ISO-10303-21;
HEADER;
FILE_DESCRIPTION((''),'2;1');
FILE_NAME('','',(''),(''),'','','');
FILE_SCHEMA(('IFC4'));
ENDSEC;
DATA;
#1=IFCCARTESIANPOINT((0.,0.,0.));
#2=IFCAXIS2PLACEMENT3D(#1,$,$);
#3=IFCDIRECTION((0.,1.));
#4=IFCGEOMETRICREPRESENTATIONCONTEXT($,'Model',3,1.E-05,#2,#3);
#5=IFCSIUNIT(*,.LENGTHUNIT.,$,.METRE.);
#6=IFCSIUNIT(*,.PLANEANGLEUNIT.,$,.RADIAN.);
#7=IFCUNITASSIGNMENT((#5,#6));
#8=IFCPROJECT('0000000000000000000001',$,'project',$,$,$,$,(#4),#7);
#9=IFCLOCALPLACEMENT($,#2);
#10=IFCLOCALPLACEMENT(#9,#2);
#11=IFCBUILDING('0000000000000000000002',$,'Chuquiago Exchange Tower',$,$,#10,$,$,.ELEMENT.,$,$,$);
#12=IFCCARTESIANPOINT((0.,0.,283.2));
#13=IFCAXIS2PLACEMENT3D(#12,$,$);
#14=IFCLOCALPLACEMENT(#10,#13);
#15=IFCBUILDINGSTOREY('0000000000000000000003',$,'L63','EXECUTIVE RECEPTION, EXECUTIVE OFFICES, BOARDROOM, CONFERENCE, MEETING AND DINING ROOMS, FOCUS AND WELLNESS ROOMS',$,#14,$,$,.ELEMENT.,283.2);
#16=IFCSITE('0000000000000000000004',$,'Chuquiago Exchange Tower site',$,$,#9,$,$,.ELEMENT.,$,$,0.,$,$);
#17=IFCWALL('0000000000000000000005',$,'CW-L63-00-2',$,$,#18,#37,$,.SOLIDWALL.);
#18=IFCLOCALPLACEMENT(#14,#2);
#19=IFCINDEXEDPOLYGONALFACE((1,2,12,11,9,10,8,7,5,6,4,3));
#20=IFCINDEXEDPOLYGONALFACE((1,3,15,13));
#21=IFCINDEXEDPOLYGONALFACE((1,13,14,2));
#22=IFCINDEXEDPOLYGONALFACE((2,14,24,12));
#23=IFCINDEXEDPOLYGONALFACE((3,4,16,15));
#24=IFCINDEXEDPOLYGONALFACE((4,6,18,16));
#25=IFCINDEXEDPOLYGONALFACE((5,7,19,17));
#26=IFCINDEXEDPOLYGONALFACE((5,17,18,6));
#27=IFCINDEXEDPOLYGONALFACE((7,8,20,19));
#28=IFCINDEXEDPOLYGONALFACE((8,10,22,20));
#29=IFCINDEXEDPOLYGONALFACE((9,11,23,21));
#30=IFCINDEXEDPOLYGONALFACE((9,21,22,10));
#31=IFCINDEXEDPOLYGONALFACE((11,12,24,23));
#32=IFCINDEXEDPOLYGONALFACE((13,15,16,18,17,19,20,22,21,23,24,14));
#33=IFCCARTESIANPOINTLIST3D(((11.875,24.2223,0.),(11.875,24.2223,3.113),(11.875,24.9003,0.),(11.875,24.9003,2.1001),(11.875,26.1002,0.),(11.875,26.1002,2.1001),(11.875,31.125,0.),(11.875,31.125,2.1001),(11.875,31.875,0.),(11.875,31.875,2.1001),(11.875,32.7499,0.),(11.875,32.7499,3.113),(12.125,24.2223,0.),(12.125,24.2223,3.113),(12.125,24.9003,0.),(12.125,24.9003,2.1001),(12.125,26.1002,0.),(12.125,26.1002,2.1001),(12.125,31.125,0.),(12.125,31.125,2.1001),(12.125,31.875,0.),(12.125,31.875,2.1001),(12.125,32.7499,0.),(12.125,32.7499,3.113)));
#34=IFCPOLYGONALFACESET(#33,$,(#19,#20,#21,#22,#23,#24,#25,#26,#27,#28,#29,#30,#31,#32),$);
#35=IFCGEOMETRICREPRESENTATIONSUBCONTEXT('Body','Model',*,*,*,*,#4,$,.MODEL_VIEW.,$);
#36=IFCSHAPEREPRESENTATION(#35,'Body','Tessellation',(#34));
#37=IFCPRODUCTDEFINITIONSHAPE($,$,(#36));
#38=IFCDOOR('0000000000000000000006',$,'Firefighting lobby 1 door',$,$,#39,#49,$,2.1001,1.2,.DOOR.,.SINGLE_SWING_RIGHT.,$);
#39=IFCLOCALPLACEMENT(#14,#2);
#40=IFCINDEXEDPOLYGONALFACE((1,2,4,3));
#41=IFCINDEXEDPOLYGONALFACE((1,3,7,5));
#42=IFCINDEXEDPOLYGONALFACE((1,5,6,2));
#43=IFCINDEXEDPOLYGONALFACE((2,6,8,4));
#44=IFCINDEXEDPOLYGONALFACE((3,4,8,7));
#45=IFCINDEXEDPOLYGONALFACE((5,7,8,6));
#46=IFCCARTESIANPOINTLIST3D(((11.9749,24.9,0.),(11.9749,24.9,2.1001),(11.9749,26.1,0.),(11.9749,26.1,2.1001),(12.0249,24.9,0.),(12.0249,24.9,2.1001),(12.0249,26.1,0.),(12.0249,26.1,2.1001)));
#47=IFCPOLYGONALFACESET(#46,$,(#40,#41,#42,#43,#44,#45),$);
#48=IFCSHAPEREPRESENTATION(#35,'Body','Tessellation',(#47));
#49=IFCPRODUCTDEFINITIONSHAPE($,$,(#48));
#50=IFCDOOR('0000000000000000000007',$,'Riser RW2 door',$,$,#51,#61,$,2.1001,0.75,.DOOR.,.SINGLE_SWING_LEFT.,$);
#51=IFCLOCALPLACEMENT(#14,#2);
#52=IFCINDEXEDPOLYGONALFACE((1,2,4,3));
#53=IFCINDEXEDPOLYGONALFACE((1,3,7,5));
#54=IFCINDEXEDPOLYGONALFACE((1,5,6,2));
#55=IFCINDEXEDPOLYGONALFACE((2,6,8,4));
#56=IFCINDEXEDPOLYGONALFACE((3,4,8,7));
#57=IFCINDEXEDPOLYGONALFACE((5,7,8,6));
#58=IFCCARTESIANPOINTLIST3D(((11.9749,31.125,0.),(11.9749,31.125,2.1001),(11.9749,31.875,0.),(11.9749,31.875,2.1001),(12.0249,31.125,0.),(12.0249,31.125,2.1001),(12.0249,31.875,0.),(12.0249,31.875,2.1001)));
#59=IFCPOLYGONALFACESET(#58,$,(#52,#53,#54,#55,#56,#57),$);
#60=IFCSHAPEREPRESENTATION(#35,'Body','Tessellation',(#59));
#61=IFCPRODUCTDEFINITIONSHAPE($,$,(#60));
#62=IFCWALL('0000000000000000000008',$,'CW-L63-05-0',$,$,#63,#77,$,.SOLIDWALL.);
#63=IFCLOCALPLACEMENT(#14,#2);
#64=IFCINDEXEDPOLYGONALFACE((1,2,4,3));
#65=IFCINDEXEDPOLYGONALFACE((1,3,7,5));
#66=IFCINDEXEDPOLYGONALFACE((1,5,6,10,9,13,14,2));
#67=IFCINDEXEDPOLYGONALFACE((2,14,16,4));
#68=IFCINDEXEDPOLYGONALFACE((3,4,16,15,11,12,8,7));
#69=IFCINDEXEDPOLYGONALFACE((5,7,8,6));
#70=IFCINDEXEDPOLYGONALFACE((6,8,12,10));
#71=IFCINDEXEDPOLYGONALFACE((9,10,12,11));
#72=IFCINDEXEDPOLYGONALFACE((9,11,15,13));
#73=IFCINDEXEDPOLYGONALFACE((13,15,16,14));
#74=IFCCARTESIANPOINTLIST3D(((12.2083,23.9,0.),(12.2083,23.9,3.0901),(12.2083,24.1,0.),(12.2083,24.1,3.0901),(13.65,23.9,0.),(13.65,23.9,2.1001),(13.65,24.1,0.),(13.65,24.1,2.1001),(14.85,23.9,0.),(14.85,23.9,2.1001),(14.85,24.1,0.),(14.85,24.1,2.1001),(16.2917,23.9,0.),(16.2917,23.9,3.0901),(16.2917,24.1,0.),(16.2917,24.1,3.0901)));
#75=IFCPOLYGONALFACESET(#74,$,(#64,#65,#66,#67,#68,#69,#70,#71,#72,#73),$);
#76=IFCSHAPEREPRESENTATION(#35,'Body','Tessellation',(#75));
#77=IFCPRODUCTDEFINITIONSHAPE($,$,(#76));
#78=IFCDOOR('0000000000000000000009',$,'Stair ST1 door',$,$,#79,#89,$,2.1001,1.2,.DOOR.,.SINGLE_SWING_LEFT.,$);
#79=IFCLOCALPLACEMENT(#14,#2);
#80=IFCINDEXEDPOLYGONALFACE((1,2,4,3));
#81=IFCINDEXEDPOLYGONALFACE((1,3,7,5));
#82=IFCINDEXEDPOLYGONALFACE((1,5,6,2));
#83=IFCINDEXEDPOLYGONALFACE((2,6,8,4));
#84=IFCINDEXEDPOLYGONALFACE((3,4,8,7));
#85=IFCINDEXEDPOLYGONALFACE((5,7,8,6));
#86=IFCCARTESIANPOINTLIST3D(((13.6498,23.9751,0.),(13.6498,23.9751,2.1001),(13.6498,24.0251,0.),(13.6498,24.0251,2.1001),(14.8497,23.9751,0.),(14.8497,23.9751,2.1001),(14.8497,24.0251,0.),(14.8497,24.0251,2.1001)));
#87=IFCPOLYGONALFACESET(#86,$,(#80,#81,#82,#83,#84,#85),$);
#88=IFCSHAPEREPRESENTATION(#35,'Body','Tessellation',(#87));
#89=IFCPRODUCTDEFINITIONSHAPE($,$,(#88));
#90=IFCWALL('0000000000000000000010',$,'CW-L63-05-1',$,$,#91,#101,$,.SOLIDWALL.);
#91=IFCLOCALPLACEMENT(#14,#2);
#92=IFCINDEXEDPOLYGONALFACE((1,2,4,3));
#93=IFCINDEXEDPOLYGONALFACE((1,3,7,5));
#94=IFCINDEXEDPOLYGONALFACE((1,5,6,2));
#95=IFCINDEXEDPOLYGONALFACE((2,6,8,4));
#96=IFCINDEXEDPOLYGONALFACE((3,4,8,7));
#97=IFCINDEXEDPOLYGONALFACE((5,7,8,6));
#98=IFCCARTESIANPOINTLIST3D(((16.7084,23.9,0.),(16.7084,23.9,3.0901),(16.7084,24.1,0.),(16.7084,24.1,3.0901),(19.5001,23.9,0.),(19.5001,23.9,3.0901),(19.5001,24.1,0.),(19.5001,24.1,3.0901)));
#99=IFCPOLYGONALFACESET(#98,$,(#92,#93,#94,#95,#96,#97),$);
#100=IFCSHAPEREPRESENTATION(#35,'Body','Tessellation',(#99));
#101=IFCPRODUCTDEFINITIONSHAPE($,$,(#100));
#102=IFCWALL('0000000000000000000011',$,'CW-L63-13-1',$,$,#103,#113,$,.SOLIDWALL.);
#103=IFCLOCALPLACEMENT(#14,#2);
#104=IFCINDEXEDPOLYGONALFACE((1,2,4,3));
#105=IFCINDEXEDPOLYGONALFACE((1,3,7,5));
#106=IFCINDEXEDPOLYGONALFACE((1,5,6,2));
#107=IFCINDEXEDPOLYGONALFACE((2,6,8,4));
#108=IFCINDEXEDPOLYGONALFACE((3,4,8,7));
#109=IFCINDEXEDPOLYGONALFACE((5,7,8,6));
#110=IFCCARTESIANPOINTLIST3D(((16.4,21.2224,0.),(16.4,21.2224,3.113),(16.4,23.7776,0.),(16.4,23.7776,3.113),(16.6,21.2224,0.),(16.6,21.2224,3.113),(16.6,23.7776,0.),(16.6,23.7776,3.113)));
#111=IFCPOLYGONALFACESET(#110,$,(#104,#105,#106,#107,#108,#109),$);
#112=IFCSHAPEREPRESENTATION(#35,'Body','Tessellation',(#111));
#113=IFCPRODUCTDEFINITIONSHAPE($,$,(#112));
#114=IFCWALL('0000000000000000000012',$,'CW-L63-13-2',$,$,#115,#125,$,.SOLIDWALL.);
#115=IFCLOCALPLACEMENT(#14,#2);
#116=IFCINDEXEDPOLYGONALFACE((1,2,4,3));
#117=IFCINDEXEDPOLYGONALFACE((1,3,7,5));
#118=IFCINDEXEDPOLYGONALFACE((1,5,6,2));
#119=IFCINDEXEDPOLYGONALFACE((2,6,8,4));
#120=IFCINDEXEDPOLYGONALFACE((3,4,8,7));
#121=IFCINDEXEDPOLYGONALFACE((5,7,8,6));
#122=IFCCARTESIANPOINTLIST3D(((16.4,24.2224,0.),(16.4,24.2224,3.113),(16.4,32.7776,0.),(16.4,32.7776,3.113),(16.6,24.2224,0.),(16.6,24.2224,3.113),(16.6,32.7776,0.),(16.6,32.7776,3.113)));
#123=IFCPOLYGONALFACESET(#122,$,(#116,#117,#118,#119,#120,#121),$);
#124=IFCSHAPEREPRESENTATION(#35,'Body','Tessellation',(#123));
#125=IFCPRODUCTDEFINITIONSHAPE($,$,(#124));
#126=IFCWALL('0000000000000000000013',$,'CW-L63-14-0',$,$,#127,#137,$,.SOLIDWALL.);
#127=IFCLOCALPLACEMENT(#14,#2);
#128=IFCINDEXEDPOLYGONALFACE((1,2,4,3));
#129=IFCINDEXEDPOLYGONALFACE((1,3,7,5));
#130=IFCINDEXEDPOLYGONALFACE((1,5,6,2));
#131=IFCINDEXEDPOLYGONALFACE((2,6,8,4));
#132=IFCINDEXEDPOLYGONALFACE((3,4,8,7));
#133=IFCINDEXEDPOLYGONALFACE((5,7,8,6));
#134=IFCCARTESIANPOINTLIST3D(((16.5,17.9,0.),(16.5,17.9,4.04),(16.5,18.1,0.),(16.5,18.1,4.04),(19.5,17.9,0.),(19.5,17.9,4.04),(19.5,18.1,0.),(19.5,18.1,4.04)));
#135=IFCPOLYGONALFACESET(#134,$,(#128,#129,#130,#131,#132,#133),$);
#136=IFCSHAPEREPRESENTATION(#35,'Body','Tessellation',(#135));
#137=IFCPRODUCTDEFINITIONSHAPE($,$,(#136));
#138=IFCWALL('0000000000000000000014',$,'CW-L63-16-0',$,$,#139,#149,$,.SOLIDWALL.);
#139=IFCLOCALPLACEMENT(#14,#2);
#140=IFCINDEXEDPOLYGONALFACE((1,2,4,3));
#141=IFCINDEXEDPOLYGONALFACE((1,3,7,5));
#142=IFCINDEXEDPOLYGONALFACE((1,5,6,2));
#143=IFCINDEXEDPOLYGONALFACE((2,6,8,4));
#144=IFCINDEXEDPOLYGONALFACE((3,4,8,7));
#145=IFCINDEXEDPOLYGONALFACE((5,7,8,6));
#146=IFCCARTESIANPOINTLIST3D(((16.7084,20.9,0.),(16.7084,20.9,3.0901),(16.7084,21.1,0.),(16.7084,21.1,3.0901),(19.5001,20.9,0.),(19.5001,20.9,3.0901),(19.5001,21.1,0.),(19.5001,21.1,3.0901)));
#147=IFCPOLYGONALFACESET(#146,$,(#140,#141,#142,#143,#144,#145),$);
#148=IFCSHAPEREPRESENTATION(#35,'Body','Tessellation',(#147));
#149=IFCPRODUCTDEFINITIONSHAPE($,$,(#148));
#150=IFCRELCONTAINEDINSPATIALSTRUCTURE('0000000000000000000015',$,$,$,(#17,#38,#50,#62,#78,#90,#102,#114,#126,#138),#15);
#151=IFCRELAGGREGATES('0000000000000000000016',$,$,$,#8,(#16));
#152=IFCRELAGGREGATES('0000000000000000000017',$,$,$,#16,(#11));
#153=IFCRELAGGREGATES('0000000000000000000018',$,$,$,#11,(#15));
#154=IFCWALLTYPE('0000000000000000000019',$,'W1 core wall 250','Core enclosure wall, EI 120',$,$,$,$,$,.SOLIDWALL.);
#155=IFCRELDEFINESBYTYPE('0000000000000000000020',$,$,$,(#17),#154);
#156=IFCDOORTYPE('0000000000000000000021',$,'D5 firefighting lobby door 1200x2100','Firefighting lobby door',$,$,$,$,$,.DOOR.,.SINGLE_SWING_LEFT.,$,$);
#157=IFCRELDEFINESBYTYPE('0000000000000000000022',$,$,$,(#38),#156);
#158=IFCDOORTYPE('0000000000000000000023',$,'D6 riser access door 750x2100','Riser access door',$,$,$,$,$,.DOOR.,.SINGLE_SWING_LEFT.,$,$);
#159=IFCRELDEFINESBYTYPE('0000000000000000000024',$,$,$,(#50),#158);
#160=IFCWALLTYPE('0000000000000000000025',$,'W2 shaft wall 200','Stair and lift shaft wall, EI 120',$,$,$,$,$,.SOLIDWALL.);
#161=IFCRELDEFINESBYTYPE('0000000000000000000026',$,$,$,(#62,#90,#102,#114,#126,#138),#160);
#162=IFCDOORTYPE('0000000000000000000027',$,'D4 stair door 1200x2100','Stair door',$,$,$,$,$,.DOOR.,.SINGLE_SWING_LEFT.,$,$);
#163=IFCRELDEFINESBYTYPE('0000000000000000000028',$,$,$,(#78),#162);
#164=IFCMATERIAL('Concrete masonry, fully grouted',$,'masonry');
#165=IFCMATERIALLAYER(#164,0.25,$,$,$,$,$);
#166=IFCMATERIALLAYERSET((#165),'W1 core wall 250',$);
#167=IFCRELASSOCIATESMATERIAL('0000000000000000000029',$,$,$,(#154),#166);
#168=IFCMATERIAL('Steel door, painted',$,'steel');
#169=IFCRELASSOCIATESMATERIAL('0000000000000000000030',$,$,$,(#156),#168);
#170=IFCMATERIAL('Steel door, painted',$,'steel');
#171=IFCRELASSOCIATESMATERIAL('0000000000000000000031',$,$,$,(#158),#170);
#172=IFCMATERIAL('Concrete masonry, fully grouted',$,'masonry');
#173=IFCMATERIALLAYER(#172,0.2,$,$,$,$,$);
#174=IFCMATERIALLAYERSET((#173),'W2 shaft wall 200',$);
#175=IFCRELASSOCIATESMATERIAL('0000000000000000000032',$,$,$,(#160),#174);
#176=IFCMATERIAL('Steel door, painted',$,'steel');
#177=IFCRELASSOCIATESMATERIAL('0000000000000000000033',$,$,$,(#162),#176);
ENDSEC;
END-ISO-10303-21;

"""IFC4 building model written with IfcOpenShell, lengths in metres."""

from ifc_helpers import new_model, si_unit, direction, frame, frame_2d, origin, place, context, subcontext, project, spatial, rectangle, extrude, material, layer, layer_set, type_object, element, fill, save


model = new_model("IFC4")

# Units and contexts
model_context = context("Model", 3, precision=1e-05, world=origin(), true_north=direction((0.0, 1.0)))
body_context = subcontext(model_context, "Body", "Model", "MODEL_VIEW")
ifc_project = project(units=[si_unit("LENGTHUNIT", "METRE"), si_unit("PLANEANGLEUNIT", "RADIAN")], contexts=[model_context])

# Site, building, storey
site_placement = place(None, origin())
site = spatial("IfcSite", under=ifc_project, at=site_placement, Name="Chuquiago Exchange Tower site", CompositionType="ELEMENT", RefElevation=0.0)
building_placement = place(site_placement, origin())
building = spatial("IfcBuilding", under=site, at=building_placement, Name="Chuquiago Exchange Tower", CompositionType="ELEMENT")
storey_placement = place(building_placement, frame((0.0, 0.0, 283.2)))
storey = spatial("IfcBuildingStorey", under=building, at=storey_placement, Name="L63", Description="EXECUTIVE RECEPTION, EXECUTIVE OFFICES, BOARDROOM, CONFERENCE, MEETING AND DINING ROOMS, FOCUS AND WELLNESS ROOMS", CompositionType="ELEMENT", Elevation=283.2)

# Shared definitions
ifc_material_1 = material(Name="Concrete masonry, fully grouted", Category="masonry")
ifc_layer_1 = layer(ifc_material_1, 0.25)
ifc_layer_set_1 = layer_set([ifc_layer_1], Name="W1 core wall 250")
wall_type_1 = type_object("IfcWallType", Name="W1 core wall 250", Description="Core enclosure wall, EI 120", PredefinedType="SOLIDWALL", material=ifc_layer_set_1)

# Wall, openings, doors
wall_1_placement = place(storey_placement, frame((12.0, 24.2224, 0.0), z_axis=(0.0, 0.0, 1.0), x_axis=(0.0, 1.0, 0.0)))
wall_1 = element("IfcWall", 1, at=wall_1_placement, inside=storey, type_object=wall_type_1, Name="CW-L63-00-2", PredefinedType="SOLIDWALL", context=body_context, shape_type="SweptSolid", body=[
    extrude(rectangle(XDim=8.5276, YDim=0.25, at=frame_2d((4.2637, 0.0))), origin(), (0.0, 0.0, 1.0), 3.113),
])
opening_1_placement = place(wall_1_placement, frame((0.6777, 0.0, 0.0)))
opening_1 = element("IfcOpeningElement", 2, at=opening_1_placement, cuts=wall_1, PredefinedType="OPENING", context=body_context, shape_type="SweptSolid", body=[
    extrude(rectangle(XDim=1.2, YDim=2.1001, at=frame_2d((0.6001, 1.05))), frame((0.0, 0.135, 0.0), z_axis=(0.0, -1.0, 0.0), x_axis=(1.0, 0.0, 0.0)), (0.0, 0.0, 1.0), 0.27),
])
opening_2_placement = place(wall_1_placement, frame((6.9026, 0.0, 0.0)))
opening_2 = element("IfcOpeningElement", 3, at=opening_2_placement, cuts=wall_1, PredefinedType="OPENING", context=body_context, shape_type="SweptSolid", body=[
    extrude(rectangle(XDim=0.75, YDim=2.1001, at=frame_2d((0.375, 1.05))), frame((0.0, 0.135, 0.0), z_axis=(0.0, -1.0, 0.0), x_axis=(1.0, 0.0, 0.0)), (0.0, 0.0, 1.0), 0.27),
])
ifc_material_2 = material(Name="Steel door, painted", Category="steel")
door_type_1 = type_object("IfcDoorType", Name="D5 firefighting lobby door 1200x2100", Description="Firefighting lobby door", OperationType="SINGLE_SWING_LEFT", PredefinedType="DOOR", material=ifc_material_2)
door_1_placement = place(opening_1_placement, frame((1.2, 0.0, 0.0), z_axis=(0.0, 0.0, 1.0), x_axis=(-1.0, 0.0, 0.0)))
door_1 = element("IfcDoor", 4, at=door_1_placement, inside=storey, type_object=door_type_1, Name="Firefighting lobby 1 door", OperationType="SINGLE_SWING_RIGHT", OverallHeight=2.1001, OverallWidth=1.2, PredefinedType="DOOR", context=body_context, shape_type="SweptSolid", body=[
    extrude(rectangle(XDim=1.2, YDim=2.1001, at=frame_2d((0.6001, 1.05))), frame((0.0, 0.0249, 0.0), z_axis=(0.0, -1.0, 0.0), x_axis=(1.0, 0.0, 0.0)), (0.0, 0.0, 1.0), 0.05),
])
fill(opening_1, door_1)
ifc_material_3 = material(Name="Steel door, painted", Category="steel")
door_type_2 = type_object("IfcDoorType", Name="D6 riser access door 750x2100", Description="Riser access door", OperationType="SINGLE_SWING_LEFT", PredefinedType="DOOR", material=ifc_material_3)
door_2_placement = place(opening_2_placement, frame((0.75, 0.0, 0.0), z_axis=(0.0, 0.0, 1.0), x_axis=(-1.0, 0.0, 0.0)))
door_2 = element("IfcDoor", 5, at=door_2_placement, inside=storey, type_object=door_type_2, Name="Riser RW2 door", OperationType="SINGLE_SWING_LEFT", OverallHeight=2.1001, OverallWidth=0.75, PredefinedType="DOOR", context=body_context, shape_type="SweptSolid", body=[
    extrude(rectangle(XDim=0.75, YDim=2.1001, at=frame_2d((0.375, 1.05))), frame((0.0, 0.0249, 0.0), z_axis=(0.0, -1.0, 0.0), x_axis=(1.0, 0.0, 0.0)), (0.0, 0.0, 1.0), 0.05),
])
fill(opening_2, door_2)

# Wall, opening, door
ifc_material_4 = material(Name="Concrete masonry, fully grouted", Category="masonry")
ifc_layer_2 = layer(ifc_material_4, 0.2)
ifc_layer_set_2 = layer_set([ifc_layer_2], Name="W2 shaft wall 200")
wall_type_2 = type_object("IfcWallType", Name="W2 shaft wall 200", Description="Stair and lift shaft wall, EI 120", PredefinedType="SOLIDWALL", material=ifc_layer_set_2)
wall_2_placement = place(storey_placement, frame((12.2083, 24.0, 0.0), z_axis=(0.0, 0.0, 1.0), x_axis=(1.0, 0.0, 0.0)))
wall_2 = element("IfcWall", 6, at=wall_2_placement, inside=storey, type_object=wall_type_2, Name="CW-L63-05-0", PredefinedType="SOLIDWALL", context=body_context, shape_type="SweptSolid", body=[
    extrude(rectangle(XDim=4.0835, YDim=0.2, at=frame_2d((2.0417, 0.0))), origin(), (0.0, 0.0, 1.0), 3.0901),
])
opening_3_placement = place(wall_2_placement, frame((1.4417, 0.0, 0.0)))
opening_3 = element("IfcOpeningElement", 7, at=opening_3_placement, cuts=wall_2, PredefinedType="OPENING", context=body_context, shape_type="SweptSolid", body=[
    extrude(rectangle(XDim=1.2, YDim=2.1001, at=frame_2d((0.6001, 1.05))), frame((0.0, 0.1099, 0.0), z_axis=(0.0, -1.0, 0.0), x_axis=(1.0, 0.0, 0.0)), (0.0, 0.0, 1.0), 0.22),
])
ifc_material_5 = material(Name="Steel door, painted", Category="steel")
door_type_3 = type_object("IfcDoorType", Name="D4 stair door 1200x2100", Description="Stair door", OperationType="SINGLE_SWING_LEFT", PredefinedType="DOOR", material=ifc_material_5)
door_3_placement = place(opening_3_placement, frame((1.2, 0.0, 0.0), z_axis=(0.0, 0.0, 1.0), x_axis=(-1.0, 0.0, 0.0)))
door_3 = element("IfcDoor", 8, at=door_3_placement, inside=storey, type_object=door_type_3, Name="Stair ST1 door", OperationType="SINGLE_SWING_LEFT", OverallHeight=2.1001, OverallWidth=1.2, PredefinedType="DOOR", context=body_context, shape_type="SweptSolid", body=[
    extrude(rectangle(XDim=1.2, YDim=2.1001, at=frame_2d((0.6001, 1.05))), frame((0.0, 0.0249, 0.0), z_axis=(0.0, -1.0, 0.0), x_axis=(1.0, 0.0, 0.0)), (0.0, 0.0, 1.0), 0.05),
])
fill(opening_3, door_3)

# Walls
wall_3_placement = place(storey_placement, frame((16.7083, 24.0, 0.0), z_axis=(0.0, 0.0, 1.0), x_axis=(1.0, 0.0, 0.0)))
element("IfcWall", 9, at=wall_3_placement, inside=storey, type_object=wall_type_2, Name="CW-L63-05-1", PredefinedType="SOLIDWALL", context=body_context, shape_type="SweptSolid", body=[
    extrude(rectangle(XDim=2.7917, YDim=0.2, at=frame_2d((1.396, 0.0))), origin(), (0.0, 0.0, 1.0), 3.0901),
])
wall_4_placement = place(storey_placement, frame((16.5, 21.2224, 0.0), z_axis=(0.0, 0.0, 1.0), x_axis=(0.0, 1.0, 0.0)))
element("IfcWall", 10, at=wall_4_placement, inside=storey, type_object=wall_type_2, Name="CW-L63-13-1", PredefinedType="SOLIDWALL", context=body_context, shape_type="SweptSolid", body=[
    extrude(rectangle(XDim=2.5552, YDim=0.2, at=frame_2d((1.2776, 0.0))), origin(), (0.0, 0.0, 1.0), 3.113),
])
wall_5_placement = place(storey_placement, frame((16.5, 24.2224, 0.0), z_axis=(0.0, 0.0, 1.0), x_axis=(0.0, 1.0, 0.0)))
element("IfcWall", 11, at=wall_5_placement, inside=storey, type_object=wall_type_2, Name="CW-L63-13-2", PredefinedType="SOLIDWALL", context=body_context, shape_type="SweptSolid", body=[
    extrude(rectangle(XDim=8.5552, YDim=0.2, at=frame_2d((4.2776, 0.0))), origin(), (0.0, 0.0, 1.0), 3.113),
])
wall_6_placement = place(storey_placement, frame((16.5, 18.0, 0.0), z_axis=(0.0, 0.0, 1.0), x_axis=(1.0, 0.0, 0.0)))
element("IfcWall", 12, at=wall_6_placement, inside=storey, type_object=wall_type_2, Name="CW-L63-14-0", PredefinedType="SOLIDWALL", context=body_context, shape_type="SweptSolid", body=[
    extrude(rectangle(XDim=3.0, YDim=0.2, at=frame_2d((1.5, 0.0))), origin(), (0.0, 0.0, 1.0), 4.04),
])
wall_7_placement = place(storey_placement, frame((16.7083, 21.0, 0.0), z_axis=(0.0, 0.0, 1.0), x_axis=(1.0, 0.0, 0.0)))
element("IfcWall", 13, at=wall_7_placement, inside=storey, type_object=wall_type_2, Name="CW-L63-16-0", PredefinedType="SOLIDWALL", context=body_context, shape_type="SweptSolid", body=[
    extrude(rectangle(XDim=2.7917, YDim=0.2, at=frame_2d((1.396, 0.0))), origin(), (0.0, 0.0, 1.0), 3.0901),
])

save(model, "model.ifc")
